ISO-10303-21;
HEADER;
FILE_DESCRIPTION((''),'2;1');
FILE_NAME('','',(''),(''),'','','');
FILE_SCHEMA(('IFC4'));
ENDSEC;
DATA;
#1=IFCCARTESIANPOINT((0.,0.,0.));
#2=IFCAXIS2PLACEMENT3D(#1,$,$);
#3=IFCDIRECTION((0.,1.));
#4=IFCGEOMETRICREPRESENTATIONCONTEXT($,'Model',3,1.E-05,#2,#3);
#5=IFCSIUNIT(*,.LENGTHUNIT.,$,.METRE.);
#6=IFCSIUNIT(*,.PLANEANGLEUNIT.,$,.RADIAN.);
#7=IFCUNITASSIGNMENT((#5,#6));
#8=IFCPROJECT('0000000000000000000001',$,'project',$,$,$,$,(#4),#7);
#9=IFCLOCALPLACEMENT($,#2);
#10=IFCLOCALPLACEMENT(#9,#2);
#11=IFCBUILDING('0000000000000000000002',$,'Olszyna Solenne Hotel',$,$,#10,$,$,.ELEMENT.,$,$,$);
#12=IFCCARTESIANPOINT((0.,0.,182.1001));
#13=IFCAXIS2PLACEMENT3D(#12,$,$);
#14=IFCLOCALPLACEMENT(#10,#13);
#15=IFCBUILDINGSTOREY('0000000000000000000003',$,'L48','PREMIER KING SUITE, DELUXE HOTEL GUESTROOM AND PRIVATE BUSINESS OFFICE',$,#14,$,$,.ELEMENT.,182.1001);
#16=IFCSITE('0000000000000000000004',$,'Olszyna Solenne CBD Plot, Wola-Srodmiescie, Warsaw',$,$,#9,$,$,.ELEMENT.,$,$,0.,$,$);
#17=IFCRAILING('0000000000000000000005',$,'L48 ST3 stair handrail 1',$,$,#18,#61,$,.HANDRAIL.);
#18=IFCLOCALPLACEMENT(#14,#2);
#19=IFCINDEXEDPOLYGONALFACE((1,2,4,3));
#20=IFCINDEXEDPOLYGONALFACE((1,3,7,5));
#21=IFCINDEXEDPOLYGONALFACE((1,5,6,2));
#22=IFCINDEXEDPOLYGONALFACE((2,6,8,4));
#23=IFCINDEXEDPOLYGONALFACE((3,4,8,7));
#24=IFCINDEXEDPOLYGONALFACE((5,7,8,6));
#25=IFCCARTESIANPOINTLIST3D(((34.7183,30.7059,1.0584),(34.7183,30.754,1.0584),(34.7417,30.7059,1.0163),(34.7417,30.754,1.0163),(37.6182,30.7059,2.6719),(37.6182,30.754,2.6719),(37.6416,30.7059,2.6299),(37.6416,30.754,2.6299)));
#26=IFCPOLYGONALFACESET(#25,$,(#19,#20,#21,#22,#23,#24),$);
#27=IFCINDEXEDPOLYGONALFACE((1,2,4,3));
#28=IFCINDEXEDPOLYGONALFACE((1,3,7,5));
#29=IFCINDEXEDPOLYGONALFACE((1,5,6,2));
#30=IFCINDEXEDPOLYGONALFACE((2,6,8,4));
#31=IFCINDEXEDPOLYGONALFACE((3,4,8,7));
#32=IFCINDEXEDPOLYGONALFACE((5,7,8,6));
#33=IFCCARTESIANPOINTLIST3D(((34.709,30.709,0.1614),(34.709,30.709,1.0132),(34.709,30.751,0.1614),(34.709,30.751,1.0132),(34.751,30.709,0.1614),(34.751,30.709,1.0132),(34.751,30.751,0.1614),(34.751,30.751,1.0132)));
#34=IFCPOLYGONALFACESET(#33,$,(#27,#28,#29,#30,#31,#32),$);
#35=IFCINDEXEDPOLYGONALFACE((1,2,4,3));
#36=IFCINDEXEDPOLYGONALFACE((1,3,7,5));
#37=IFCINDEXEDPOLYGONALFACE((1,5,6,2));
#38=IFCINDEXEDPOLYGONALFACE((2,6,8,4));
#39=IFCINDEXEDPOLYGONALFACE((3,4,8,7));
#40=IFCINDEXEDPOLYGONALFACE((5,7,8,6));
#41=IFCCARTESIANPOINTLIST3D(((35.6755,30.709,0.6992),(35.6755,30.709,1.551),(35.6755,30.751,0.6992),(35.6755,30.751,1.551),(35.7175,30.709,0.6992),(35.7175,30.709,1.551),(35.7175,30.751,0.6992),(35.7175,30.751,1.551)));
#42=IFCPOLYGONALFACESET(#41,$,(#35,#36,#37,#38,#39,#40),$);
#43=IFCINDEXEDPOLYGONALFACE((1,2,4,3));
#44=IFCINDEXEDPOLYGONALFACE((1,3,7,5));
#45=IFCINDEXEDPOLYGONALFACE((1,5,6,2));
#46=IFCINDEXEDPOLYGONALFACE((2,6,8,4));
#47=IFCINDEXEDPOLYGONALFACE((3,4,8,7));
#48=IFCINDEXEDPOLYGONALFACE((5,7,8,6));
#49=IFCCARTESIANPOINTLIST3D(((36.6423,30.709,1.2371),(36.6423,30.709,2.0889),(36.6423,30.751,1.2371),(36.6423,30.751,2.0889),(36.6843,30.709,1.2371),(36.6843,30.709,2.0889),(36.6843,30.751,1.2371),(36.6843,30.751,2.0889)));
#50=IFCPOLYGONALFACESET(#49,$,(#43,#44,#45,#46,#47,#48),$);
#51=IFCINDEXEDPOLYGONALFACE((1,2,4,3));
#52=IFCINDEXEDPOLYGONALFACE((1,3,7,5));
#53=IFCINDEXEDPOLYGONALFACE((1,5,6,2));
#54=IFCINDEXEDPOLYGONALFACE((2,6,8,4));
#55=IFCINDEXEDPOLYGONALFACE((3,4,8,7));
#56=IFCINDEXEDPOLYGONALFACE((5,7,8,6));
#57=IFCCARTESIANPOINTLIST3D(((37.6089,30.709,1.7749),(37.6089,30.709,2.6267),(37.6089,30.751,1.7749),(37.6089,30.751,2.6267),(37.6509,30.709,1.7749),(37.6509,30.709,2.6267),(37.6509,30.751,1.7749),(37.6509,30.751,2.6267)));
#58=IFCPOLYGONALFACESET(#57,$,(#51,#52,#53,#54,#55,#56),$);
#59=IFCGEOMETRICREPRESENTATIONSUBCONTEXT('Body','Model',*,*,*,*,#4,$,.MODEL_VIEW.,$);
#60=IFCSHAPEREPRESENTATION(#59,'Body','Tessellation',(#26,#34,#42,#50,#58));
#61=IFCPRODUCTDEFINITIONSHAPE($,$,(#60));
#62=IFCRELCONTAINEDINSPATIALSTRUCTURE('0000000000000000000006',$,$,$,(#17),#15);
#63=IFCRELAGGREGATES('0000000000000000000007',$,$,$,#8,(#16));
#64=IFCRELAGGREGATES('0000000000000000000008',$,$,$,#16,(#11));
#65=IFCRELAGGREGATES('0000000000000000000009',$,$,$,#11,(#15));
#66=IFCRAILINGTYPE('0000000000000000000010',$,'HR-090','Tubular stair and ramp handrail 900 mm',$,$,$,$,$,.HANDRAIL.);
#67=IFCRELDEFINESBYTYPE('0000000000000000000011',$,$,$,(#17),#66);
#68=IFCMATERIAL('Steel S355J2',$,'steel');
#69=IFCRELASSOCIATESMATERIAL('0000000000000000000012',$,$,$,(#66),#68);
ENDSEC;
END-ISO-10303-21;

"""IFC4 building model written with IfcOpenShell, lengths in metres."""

from ifc_helpers import new_model, si_unit, direction, frame, origin, origin_2d, place, context, subcontext, project, spatial, rectangle, extrude, material, type_object, element, save


model = new_model("IFC4")

# Units and contexts
model_context = context("Model", 3, precision=1e-05, world=origin(), true_north=direction((0.0, 1.0)))
body_context = subcontext(model_context, "Body", "Model", "MODEL_VIEW")
ifc_project = project(units=[si_unit("LENGTHUNIT", "METRE"), si_unit("PLANEANGLEUNIT", "RADIAN")], contexts=[model_context])

# Site, building, storey
site_placement = place(None, origin())
site = spatial("IfcSite", under=ifc_project, at=site_placement, Name="Olszyna Solenne CBD Plot, Wola-Srodmiescie, Warsaw", CompositionType="ELEMENT", RefElevation=0.0)
building_placement = place(site_placement, origin())
building = spatial("IfcBuilding", under=site, at=building_placement, Name="Olszyna Solenne Hotel", CompositionType="ELEMENT")
storey_placement = place(building_placement, frame((0.0, 0.0, 182.1001)))
storey = spatial("IfcBuildingStorey", under=building, at=storey_placement, Name="L48", Description="PREMIER KING SUITE, DELUXE HOTEL GUESTROOM AND PRIVATE BUSINESS OFFICE", CompositionType="ELEMENT", Elevation=182.1001)

# Shared definitions
ifc_material_1 = material(Name="Steel S355J2", Category="steel")

# Railing
railing_type_1 = type_object("IfcRailingType", Name="HR-090", Description="Tubular stair and ramp handrail 900 mm", PredefinedType="HANDRAIL", material=ifc_material_1)
railing_1_placement = place(storey_placement, frame((34.73, 30.73, 0.1614)))
element("IfcRailing", 1, at=railing_1_placement, inside=storey, type_object=railing_type_1, Name="L48 ST3 stair handrail 1", PredefinedType="HANDRAIL", context=body_context, shape_type="SweptSolid", body=[
    extrude(rectangle(XDim=0.0481, YDim=0.0481, at=origin_2d()), frame((0.0, 0.0, 0.876), z_axis=(0.873841, 0.0, 0.486211), x_axis=(0.0, 1.0, 0.0)), (0.0, 0.0, 1.0), 3.3186),
    extrude(rectangle(XDim=0.042, YDim=0.042, at=origin_2d()), origin(), (0.0, 0.0, 1.0), 0.8518),
    extrude(rectangle(XDim=0.042, YDim=0.042, at=origin_2d()), frame((0.9666, 0.0, 0.5378)), (0.0, 0.0, 1.0), 0.8518),
    extrude(rectangle(XDim=0.042, YDim=0.042, at=origin_2d()), frame((1.9333, 0.0, 1.0757)), (0.0, 0.0, 1.0), 0.8518),
    extrude(rectangle(XDim=0.042, YDim=0.042, at=origin_2d()), frame((2.8999, 0.0, 1.6135)), (0.0, 0.0, 1.0), 0.8518),
])

save(model, "model.ifc")
